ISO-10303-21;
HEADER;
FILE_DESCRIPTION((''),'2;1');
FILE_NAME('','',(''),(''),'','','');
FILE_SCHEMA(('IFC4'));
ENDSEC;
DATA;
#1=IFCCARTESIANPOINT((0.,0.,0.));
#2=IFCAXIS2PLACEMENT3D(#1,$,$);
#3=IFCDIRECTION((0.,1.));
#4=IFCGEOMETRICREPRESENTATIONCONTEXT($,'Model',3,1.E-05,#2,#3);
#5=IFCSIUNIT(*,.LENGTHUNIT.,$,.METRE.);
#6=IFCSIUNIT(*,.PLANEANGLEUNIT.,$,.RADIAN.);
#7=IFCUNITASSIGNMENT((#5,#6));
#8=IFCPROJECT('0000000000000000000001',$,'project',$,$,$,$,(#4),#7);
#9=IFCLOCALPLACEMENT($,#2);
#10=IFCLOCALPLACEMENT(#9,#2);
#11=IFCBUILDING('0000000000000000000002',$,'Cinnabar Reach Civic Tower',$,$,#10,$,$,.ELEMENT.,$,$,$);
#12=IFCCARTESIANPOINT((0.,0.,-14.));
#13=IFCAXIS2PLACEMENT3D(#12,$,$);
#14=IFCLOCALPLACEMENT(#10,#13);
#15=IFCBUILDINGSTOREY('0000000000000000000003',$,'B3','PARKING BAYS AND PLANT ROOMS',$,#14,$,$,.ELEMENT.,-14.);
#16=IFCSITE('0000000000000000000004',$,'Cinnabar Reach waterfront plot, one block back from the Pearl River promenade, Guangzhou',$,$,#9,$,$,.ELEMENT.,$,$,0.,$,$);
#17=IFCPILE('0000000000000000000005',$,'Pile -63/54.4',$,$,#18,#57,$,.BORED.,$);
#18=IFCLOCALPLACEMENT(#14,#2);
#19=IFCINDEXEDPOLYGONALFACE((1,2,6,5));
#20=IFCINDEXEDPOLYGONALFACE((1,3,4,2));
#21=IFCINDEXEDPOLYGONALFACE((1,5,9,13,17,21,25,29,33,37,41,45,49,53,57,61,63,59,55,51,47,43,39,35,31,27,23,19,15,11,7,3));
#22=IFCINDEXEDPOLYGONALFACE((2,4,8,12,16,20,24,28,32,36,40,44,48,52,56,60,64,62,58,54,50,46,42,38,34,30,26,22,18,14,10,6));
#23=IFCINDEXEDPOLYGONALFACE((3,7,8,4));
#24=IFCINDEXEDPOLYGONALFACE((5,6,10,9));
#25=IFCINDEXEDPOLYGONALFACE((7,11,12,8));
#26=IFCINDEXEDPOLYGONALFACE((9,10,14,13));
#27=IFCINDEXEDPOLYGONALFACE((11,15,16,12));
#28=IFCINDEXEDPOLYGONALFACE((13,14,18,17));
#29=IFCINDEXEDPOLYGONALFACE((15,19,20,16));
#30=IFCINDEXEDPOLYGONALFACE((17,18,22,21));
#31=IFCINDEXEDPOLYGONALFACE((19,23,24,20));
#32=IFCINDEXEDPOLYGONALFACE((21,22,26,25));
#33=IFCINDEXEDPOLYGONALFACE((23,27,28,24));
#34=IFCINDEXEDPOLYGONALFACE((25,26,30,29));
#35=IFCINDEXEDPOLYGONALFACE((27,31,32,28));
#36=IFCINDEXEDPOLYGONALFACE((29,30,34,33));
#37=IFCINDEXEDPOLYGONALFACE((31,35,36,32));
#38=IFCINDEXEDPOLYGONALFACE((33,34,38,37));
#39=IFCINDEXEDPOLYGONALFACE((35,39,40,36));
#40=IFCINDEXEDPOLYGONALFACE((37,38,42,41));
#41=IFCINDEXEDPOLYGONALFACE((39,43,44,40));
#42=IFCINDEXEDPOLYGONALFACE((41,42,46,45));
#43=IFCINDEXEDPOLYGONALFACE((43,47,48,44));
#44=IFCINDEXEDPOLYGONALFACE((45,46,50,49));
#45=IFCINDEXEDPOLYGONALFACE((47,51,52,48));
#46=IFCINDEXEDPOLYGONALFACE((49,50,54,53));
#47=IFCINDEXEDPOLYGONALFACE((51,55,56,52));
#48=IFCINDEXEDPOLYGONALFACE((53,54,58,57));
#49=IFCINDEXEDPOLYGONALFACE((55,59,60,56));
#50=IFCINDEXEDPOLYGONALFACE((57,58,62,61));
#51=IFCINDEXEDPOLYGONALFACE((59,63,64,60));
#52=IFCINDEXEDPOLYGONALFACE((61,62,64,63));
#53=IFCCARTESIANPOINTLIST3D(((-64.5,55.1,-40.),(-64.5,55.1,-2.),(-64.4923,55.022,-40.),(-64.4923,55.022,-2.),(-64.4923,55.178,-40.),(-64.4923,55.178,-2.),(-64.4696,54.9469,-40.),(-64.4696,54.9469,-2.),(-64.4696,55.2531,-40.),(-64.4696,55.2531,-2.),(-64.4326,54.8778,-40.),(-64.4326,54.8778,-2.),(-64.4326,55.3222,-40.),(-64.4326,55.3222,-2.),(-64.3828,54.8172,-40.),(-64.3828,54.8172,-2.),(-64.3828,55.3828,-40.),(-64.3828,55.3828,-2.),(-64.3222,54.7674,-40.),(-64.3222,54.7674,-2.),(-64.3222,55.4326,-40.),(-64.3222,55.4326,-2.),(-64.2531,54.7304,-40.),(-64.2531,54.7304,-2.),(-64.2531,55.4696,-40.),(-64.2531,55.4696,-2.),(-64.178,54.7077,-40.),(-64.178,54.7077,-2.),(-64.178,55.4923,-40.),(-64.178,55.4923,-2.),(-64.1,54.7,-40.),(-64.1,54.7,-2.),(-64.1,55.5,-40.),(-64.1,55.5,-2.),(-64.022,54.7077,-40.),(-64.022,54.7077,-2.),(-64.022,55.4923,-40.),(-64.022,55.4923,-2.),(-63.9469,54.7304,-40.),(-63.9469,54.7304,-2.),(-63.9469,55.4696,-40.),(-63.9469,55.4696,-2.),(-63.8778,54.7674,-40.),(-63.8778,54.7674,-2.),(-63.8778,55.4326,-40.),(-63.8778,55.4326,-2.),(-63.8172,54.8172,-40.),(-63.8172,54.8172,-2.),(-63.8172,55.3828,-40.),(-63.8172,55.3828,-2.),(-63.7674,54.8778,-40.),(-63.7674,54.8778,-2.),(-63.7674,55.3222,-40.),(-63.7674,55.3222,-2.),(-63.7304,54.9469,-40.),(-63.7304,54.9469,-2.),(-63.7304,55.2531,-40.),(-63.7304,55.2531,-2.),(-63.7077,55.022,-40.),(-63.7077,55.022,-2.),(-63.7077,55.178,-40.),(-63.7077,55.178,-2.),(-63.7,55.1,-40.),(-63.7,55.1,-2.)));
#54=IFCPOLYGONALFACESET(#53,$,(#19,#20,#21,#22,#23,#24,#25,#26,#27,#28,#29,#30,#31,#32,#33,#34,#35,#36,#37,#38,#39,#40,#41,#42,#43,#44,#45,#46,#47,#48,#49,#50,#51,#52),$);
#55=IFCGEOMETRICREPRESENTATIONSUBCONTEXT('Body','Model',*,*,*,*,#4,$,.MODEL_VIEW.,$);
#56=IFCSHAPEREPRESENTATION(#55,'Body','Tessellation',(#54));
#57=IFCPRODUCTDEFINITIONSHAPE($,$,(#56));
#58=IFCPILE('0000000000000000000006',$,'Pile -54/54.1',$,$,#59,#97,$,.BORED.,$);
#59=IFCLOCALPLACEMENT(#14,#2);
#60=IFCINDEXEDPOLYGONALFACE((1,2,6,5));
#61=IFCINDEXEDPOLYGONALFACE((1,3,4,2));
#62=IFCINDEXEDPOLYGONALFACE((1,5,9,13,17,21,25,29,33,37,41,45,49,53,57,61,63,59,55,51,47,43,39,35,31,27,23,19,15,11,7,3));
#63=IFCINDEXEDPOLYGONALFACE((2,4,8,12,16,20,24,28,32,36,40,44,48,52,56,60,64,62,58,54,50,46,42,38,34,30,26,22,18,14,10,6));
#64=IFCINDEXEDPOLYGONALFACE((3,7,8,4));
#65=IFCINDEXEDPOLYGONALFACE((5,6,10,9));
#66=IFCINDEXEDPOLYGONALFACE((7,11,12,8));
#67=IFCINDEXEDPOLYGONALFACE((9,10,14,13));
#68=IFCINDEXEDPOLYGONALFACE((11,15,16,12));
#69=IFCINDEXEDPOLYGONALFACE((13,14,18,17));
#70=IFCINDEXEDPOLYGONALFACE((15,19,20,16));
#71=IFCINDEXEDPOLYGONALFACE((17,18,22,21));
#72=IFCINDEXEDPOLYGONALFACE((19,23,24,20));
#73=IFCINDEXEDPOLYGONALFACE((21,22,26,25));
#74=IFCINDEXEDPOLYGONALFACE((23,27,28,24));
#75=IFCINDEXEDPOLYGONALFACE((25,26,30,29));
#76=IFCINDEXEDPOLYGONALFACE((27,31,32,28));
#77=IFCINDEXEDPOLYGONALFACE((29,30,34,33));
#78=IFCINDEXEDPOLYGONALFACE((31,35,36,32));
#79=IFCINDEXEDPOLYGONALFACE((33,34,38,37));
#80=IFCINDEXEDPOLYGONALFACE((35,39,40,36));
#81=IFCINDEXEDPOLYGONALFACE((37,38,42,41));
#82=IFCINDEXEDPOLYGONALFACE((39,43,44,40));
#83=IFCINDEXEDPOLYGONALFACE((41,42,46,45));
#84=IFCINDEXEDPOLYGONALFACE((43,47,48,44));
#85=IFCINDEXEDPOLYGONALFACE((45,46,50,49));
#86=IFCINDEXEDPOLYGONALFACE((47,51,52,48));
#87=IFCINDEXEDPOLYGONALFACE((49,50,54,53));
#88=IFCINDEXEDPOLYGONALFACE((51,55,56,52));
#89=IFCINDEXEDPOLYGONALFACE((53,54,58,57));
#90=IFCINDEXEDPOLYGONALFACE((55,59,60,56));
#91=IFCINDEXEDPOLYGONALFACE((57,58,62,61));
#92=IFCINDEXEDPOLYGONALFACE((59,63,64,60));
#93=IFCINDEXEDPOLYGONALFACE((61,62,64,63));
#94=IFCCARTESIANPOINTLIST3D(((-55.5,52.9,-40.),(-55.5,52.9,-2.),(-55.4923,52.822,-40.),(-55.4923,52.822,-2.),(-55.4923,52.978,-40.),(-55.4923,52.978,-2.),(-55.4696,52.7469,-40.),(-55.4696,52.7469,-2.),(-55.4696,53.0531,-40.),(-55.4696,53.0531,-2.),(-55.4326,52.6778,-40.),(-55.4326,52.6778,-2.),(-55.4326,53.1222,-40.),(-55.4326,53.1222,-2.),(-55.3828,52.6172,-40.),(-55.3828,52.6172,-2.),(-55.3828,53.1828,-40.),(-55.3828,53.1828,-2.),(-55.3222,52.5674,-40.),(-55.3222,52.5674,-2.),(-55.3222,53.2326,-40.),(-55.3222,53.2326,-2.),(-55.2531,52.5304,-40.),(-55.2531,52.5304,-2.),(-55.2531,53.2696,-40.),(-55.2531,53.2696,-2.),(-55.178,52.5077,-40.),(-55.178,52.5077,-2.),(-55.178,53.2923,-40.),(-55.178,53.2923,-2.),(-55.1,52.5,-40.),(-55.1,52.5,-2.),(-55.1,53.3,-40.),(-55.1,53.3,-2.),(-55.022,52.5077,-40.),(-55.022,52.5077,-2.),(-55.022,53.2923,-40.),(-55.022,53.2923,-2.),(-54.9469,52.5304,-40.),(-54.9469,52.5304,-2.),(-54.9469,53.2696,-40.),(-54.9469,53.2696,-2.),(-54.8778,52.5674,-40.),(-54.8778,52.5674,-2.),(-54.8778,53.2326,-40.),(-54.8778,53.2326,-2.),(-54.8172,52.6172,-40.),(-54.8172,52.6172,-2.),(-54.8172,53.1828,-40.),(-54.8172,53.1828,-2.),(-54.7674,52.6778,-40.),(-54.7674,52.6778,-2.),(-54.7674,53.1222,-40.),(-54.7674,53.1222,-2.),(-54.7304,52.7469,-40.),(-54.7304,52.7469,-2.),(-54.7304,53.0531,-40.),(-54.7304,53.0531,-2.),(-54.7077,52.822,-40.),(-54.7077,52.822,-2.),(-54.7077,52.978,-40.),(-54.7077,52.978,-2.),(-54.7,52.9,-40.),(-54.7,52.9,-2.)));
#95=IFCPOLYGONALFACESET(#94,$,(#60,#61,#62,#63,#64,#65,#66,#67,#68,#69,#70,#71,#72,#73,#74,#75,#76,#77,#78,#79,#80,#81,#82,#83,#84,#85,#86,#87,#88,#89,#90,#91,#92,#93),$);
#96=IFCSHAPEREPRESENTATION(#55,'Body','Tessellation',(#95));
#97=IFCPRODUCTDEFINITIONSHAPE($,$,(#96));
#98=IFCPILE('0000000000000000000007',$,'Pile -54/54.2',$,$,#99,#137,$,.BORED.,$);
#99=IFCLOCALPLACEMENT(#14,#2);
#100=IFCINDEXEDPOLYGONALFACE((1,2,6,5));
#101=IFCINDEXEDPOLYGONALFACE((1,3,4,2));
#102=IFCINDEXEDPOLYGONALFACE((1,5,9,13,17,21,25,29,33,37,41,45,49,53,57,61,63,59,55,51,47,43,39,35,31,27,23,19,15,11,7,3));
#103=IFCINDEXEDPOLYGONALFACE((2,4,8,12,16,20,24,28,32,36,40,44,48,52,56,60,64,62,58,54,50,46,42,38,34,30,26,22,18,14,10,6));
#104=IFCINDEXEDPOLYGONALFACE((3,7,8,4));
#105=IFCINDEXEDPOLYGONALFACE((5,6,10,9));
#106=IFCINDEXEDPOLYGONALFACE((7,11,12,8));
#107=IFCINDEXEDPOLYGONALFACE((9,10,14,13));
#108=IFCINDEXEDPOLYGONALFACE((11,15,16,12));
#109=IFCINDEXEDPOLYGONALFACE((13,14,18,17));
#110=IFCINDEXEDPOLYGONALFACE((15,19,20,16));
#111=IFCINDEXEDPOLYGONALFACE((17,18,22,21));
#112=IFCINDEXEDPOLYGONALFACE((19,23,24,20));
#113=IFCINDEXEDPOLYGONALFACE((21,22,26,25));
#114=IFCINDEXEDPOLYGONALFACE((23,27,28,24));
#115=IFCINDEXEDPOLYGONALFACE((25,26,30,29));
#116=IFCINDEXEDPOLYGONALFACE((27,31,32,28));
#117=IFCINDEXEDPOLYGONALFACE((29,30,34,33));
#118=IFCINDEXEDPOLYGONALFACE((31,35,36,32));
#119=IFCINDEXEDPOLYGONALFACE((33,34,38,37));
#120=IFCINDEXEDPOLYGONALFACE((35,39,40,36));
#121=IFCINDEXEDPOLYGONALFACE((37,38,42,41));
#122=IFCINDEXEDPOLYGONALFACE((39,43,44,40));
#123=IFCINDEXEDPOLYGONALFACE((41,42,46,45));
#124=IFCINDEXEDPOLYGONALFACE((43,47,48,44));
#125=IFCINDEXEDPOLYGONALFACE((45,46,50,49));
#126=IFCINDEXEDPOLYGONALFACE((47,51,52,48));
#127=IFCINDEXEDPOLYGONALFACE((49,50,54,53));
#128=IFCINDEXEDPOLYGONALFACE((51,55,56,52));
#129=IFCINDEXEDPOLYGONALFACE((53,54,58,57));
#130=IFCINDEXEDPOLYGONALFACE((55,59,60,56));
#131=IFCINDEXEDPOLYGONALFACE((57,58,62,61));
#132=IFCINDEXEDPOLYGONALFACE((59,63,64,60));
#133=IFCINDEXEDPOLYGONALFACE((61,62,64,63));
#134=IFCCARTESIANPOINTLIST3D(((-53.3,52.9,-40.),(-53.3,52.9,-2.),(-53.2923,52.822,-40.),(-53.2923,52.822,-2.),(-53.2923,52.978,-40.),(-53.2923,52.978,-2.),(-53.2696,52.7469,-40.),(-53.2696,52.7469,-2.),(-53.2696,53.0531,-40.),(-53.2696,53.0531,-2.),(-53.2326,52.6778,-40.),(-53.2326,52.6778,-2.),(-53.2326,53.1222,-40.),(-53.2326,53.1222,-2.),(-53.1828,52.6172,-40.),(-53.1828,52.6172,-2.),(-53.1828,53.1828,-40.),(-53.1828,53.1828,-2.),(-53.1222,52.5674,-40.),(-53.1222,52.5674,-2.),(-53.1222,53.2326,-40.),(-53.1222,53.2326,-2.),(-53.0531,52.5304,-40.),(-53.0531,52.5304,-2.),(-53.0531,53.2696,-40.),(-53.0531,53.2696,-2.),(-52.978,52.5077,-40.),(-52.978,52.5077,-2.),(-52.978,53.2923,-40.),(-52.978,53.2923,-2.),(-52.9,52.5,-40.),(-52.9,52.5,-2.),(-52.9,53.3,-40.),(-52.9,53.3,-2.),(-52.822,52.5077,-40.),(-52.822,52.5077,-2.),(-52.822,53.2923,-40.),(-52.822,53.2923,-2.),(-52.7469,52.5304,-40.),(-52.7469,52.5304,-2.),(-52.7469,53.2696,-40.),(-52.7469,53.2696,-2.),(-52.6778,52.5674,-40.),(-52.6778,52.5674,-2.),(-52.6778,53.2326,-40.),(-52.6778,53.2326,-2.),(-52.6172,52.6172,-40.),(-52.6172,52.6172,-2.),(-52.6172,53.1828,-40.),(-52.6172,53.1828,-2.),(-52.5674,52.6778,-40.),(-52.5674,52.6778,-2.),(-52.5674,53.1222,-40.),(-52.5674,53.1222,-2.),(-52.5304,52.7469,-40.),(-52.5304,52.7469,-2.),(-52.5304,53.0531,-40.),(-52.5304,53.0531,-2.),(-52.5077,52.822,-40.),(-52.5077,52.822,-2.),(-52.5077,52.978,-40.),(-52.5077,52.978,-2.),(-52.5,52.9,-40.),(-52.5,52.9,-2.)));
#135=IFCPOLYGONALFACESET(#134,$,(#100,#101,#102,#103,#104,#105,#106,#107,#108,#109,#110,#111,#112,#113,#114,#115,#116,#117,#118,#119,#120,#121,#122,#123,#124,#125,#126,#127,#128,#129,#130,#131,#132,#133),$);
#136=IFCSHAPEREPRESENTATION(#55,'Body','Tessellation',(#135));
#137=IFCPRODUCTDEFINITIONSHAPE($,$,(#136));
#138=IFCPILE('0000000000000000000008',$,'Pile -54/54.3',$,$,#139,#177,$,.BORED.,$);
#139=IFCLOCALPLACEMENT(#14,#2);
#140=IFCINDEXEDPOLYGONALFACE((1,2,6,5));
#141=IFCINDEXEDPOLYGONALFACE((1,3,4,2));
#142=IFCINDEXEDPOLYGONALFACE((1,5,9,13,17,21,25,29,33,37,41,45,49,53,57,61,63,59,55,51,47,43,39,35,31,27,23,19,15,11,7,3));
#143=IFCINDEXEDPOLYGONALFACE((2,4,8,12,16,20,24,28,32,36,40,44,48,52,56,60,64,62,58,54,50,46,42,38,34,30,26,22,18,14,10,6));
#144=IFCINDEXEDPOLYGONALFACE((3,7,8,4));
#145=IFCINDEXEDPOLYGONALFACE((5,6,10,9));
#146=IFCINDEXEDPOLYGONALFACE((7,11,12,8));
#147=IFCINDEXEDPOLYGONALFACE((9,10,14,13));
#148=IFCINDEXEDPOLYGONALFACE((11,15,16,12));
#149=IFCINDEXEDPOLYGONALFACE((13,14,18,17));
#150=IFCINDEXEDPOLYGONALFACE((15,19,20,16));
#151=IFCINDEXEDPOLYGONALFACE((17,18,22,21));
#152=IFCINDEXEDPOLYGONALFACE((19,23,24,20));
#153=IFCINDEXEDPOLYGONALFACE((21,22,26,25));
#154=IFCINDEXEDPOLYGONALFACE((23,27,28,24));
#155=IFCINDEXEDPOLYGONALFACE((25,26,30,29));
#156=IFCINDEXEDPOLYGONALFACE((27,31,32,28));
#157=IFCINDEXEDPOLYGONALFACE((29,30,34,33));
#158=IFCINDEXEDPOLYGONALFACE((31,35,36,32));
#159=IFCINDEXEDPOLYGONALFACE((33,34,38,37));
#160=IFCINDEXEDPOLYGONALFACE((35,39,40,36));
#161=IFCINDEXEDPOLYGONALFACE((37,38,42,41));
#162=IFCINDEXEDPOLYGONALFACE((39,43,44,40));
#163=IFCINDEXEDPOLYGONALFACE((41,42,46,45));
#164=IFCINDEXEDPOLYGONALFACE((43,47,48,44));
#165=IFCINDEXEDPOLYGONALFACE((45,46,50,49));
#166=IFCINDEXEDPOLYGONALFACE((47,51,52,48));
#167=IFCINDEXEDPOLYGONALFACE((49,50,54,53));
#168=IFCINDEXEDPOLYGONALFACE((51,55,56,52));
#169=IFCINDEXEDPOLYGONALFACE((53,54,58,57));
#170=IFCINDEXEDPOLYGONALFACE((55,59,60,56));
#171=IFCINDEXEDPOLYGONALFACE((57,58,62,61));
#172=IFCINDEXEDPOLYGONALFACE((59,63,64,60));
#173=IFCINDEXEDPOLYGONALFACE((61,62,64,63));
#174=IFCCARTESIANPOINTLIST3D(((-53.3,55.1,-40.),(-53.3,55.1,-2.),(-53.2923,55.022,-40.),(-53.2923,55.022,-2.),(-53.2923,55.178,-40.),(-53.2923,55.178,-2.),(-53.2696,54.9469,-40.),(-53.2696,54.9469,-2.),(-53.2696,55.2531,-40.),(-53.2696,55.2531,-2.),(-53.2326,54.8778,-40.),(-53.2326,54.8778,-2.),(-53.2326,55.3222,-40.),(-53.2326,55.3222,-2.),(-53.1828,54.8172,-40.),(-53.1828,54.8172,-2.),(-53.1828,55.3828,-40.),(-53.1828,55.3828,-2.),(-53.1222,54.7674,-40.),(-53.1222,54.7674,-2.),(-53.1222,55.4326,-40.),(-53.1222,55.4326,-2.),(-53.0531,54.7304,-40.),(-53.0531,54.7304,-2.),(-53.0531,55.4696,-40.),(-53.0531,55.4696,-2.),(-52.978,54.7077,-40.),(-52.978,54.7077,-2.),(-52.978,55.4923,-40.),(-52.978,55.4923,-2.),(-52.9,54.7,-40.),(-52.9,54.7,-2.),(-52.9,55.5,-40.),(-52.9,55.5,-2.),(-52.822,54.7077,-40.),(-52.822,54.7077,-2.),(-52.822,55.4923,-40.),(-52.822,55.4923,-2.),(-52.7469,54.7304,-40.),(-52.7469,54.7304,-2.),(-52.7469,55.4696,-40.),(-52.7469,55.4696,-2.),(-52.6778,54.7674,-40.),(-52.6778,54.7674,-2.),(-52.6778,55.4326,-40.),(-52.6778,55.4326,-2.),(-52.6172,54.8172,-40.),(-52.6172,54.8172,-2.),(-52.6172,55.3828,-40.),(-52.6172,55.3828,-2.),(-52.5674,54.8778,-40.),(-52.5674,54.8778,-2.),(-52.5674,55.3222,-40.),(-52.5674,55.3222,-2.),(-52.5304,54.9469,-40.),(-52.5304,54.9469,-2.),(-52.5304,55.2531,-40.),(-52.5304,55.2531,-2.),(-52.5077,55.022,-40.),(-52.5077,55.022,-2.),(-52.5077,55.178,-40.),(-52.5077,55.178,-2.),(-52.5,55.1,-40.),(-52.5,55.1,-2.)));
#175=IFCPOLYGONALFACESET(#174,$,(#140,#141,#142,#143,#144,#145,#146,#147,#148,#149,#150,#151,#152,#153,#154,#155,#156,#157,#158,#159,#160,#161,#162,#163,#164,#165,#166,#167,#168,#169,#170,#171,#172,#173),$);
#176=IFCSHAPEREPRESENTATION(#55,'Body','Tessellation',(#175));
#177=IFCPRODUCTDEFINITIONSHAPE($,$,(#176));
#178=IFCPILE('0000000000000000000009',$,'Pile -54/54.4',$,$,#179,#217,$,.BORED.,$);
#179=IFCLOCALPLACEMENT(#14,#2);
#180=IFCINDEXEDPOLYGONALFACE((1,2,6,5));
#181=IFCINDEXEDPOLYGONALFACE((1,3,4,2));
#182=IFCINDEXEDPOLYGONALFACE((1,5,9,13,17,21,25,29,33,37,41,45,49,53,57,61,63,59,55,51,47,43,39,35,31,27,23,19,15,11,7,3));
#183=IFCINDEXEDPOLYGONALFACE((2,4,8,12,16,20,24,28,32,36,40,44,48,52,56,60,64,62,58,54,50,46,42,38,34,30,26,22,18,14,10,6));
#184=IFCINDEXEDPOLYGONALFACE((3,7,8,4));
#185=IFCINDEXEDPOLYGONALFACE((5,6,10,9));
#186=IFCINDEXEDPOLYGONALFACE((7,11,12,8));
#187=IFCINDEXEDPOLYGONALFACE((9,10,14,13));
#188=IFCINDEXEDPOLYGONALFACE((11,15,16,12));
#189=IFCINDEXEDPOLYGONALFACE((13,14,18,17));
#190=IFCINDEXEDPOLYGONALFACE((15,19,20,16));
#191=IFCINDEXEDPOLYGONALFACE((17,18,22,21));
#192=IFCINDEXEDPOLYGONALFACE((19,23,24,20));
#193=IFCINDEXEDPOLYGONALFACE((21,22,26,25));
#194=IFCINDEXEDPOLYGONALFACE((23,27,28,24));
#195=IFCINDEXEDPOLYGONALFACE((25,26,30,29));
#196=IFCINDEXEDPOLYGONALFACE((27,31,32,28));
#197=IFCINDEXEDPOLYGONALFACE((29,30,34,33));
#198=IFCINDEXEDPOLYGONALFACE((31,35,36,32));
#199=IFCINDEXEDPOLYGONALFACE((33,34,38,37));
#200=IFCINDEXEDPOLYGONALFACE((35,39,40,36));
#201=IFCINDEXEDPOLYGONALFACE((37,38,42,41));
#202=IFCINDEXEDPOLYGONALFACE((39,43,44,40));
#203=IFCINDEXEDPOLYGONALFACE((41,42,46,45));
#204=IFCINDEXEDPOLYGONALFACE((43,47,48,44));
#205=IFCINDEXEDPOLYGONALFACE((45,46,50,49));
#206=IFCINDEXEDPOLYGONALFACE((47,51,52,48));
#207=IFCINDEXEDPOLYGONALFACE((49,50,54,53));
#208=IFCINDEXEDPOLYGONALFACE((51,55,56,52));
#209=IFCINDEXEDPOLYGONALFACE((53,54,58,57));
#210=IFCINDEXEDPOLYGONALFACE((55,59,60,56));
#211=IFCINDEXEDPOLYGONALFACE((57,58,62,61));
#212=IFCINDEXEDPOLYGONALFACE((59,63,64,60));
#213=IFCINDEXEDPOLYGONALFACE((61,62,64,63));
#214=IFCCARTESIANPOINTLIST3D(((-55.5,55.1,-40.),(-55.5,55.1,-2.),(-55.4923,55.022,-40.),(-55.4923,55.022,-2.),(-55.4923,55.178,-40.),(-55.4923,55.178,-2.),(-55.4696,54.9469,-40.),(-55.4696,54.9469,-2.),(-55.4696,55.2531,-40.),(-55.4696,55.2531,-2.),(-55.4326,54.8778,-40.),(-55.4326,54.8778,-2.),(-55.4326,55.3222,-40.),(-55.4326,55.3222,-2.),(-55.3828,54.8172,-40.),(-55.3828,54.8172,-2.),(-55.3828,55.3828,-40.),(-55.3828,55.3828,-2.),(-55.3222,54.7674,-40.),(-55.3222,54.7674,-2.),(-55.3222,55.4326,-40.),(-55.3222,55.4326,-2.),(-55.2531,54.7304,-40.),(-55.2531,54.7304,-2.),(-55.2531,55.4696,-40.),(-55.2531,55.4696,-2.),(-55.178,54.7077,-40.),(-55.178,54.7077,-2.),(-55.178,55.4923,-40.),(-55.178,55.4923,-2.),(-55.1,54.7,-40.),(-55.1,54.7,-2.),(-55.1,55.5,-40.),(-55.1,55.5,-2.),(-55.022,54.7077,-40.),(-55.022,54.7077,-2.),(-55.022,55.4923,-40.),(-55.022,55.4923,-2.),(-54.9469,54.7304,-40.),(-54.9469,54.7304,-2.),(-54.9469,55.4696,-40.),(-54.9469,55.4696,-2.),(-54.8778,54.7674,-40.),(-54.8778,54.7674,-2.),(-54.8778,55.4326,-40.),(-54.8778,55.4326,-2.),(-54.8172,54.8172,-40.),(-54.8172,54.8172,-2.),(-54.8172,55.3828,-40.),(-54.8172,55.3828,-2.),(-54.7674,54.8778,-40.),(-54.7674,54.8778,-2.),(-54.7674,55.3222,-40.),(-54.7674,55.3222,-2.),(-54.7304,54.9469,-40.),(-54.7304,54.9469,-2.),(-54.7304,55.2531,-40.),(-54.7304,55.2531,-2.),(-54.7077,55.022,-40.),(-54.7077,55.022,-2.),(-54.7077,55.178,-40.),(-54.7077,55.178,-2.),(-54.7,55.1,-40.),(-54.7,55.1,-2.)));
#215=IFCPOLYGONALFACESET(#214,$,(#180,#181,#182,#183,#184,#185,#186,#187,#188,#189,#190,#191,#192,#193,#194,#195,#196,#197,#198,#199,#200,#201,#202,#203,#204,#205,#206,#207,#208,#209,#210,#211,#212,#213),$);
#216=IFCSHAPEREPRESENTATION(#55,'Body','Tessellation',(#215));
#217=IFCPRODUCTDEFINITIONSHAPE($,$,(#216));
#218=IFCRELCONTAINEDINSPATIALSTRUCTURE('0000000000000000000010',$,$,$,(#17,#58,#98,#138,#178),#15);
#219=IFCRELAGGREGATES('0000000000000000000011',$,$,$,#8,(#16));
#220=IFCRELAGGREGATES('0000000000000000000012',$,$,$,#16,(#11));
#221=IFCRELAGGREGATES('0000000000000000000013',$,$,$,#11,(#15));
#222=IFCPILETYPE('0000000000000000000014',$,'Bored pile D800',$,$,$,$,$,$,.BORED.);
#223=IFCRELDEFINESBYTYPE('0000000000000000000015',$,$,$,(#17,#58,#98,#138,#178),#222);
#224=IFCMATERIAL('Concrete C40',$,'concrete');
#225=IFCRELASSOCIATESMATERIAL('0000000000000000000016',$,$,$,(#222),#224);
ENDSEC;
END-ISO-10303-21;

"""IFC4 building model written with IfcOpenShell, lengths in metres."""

from ifc_helpers import new_model, si_unit, direction, frame, origin, origin_2d, place, context, subcontext, project, spatial, circle, extrude, material, type_object, element, save


model = new_model("IFC4")

# Units and contexts
model_context = context("Model", 3, precision=1e-05, world=origin(), true_north=direction((0.0, 1.0)))
body_context = subcontext(model_context, "Body", "Model", "MODEL_VIEW")
ifc_project = project(units=[si_unit("LENGTHUNIT", "METRE"), si_unit("PLANEANGLEUNIT", "RADIAN")], contexts=[model_context])

# Site, building, storey
site_placement = place(None, origin())
site = spatial("IfcSite", under=ifc_project, at=site_placement, Name="Cinnabar Reach waterfront plot, one block back from the Pearl River promenade, Guangzhou", CompositionType="ELEMENT", RefElevation=0.0)
building_placement = place(site_placement, origin())
building = spatial("IfcBuilding", under=site, at=building_placement, Name="Cinnabar Reach Civic Tower", CompositionType="ELEMENT")
storey_placement = place(building_placement, frame((0.0, 0.0, -14.0)))
storey = spatial("IfcBuildingStorey", under=building, at=storey_placement, Name="B3", Description="PARKING BAYS AND PLANT ROOMS", CompositionType="ELEMENT", Elevation=-14.0)

# Piles
ifc_material_1 = material(Name="Concrete C40", Category="concrete")
pile_type_1 = type_object("IfcPileType", Name="Bored pile D800", PredefinedType="BORED", material=ifc_material_1)
for number, where, z_axis, x_axis, name in (
    (1, (-64.1, 55.1, -2.0), (0.0, 0.0, -1.0), (1.0, 0.0, 0.0), "Pile -63/54.4"),
    (2, (-55.1, 52.9, -2.0), (0.0, 0.0, -1.0), (1.0, 0.0, 0.0), "Pile -54/54.1"),
    (3, (-52.9, 52.9, -2.0), (0.0, 0.0, -1.0), (1.0, 0.0, 0.0), "Pile -54/54.2"),
    (4, (-52.9, 55.1, -2.0), (0.0, 0.0, -1.0), (1.0, 0.0, 0.0), "Pile -54/54.3"),
    (5, (-55.1, 55.1, -2.0), (0.0, 0.0, -1.0), (1.0, 0.0, 0.0), "Pile -54/54.4"),
):
    element("IfcPile", number, at=place(storey_placement, frame(where, z_axis=z_axis, x_axis=x_axis)), inside=storey, type_object=pile_type_1, Name=name, PredefinedType="BORED", context=body_context, shape_type="SweptSolid", body=[
        extrude(circle(Radius=0.4, at=origin_2d()), origin(), (0.0, 0.0, 1.0), 38.0),
    ])

save(model, "model.ifc")
